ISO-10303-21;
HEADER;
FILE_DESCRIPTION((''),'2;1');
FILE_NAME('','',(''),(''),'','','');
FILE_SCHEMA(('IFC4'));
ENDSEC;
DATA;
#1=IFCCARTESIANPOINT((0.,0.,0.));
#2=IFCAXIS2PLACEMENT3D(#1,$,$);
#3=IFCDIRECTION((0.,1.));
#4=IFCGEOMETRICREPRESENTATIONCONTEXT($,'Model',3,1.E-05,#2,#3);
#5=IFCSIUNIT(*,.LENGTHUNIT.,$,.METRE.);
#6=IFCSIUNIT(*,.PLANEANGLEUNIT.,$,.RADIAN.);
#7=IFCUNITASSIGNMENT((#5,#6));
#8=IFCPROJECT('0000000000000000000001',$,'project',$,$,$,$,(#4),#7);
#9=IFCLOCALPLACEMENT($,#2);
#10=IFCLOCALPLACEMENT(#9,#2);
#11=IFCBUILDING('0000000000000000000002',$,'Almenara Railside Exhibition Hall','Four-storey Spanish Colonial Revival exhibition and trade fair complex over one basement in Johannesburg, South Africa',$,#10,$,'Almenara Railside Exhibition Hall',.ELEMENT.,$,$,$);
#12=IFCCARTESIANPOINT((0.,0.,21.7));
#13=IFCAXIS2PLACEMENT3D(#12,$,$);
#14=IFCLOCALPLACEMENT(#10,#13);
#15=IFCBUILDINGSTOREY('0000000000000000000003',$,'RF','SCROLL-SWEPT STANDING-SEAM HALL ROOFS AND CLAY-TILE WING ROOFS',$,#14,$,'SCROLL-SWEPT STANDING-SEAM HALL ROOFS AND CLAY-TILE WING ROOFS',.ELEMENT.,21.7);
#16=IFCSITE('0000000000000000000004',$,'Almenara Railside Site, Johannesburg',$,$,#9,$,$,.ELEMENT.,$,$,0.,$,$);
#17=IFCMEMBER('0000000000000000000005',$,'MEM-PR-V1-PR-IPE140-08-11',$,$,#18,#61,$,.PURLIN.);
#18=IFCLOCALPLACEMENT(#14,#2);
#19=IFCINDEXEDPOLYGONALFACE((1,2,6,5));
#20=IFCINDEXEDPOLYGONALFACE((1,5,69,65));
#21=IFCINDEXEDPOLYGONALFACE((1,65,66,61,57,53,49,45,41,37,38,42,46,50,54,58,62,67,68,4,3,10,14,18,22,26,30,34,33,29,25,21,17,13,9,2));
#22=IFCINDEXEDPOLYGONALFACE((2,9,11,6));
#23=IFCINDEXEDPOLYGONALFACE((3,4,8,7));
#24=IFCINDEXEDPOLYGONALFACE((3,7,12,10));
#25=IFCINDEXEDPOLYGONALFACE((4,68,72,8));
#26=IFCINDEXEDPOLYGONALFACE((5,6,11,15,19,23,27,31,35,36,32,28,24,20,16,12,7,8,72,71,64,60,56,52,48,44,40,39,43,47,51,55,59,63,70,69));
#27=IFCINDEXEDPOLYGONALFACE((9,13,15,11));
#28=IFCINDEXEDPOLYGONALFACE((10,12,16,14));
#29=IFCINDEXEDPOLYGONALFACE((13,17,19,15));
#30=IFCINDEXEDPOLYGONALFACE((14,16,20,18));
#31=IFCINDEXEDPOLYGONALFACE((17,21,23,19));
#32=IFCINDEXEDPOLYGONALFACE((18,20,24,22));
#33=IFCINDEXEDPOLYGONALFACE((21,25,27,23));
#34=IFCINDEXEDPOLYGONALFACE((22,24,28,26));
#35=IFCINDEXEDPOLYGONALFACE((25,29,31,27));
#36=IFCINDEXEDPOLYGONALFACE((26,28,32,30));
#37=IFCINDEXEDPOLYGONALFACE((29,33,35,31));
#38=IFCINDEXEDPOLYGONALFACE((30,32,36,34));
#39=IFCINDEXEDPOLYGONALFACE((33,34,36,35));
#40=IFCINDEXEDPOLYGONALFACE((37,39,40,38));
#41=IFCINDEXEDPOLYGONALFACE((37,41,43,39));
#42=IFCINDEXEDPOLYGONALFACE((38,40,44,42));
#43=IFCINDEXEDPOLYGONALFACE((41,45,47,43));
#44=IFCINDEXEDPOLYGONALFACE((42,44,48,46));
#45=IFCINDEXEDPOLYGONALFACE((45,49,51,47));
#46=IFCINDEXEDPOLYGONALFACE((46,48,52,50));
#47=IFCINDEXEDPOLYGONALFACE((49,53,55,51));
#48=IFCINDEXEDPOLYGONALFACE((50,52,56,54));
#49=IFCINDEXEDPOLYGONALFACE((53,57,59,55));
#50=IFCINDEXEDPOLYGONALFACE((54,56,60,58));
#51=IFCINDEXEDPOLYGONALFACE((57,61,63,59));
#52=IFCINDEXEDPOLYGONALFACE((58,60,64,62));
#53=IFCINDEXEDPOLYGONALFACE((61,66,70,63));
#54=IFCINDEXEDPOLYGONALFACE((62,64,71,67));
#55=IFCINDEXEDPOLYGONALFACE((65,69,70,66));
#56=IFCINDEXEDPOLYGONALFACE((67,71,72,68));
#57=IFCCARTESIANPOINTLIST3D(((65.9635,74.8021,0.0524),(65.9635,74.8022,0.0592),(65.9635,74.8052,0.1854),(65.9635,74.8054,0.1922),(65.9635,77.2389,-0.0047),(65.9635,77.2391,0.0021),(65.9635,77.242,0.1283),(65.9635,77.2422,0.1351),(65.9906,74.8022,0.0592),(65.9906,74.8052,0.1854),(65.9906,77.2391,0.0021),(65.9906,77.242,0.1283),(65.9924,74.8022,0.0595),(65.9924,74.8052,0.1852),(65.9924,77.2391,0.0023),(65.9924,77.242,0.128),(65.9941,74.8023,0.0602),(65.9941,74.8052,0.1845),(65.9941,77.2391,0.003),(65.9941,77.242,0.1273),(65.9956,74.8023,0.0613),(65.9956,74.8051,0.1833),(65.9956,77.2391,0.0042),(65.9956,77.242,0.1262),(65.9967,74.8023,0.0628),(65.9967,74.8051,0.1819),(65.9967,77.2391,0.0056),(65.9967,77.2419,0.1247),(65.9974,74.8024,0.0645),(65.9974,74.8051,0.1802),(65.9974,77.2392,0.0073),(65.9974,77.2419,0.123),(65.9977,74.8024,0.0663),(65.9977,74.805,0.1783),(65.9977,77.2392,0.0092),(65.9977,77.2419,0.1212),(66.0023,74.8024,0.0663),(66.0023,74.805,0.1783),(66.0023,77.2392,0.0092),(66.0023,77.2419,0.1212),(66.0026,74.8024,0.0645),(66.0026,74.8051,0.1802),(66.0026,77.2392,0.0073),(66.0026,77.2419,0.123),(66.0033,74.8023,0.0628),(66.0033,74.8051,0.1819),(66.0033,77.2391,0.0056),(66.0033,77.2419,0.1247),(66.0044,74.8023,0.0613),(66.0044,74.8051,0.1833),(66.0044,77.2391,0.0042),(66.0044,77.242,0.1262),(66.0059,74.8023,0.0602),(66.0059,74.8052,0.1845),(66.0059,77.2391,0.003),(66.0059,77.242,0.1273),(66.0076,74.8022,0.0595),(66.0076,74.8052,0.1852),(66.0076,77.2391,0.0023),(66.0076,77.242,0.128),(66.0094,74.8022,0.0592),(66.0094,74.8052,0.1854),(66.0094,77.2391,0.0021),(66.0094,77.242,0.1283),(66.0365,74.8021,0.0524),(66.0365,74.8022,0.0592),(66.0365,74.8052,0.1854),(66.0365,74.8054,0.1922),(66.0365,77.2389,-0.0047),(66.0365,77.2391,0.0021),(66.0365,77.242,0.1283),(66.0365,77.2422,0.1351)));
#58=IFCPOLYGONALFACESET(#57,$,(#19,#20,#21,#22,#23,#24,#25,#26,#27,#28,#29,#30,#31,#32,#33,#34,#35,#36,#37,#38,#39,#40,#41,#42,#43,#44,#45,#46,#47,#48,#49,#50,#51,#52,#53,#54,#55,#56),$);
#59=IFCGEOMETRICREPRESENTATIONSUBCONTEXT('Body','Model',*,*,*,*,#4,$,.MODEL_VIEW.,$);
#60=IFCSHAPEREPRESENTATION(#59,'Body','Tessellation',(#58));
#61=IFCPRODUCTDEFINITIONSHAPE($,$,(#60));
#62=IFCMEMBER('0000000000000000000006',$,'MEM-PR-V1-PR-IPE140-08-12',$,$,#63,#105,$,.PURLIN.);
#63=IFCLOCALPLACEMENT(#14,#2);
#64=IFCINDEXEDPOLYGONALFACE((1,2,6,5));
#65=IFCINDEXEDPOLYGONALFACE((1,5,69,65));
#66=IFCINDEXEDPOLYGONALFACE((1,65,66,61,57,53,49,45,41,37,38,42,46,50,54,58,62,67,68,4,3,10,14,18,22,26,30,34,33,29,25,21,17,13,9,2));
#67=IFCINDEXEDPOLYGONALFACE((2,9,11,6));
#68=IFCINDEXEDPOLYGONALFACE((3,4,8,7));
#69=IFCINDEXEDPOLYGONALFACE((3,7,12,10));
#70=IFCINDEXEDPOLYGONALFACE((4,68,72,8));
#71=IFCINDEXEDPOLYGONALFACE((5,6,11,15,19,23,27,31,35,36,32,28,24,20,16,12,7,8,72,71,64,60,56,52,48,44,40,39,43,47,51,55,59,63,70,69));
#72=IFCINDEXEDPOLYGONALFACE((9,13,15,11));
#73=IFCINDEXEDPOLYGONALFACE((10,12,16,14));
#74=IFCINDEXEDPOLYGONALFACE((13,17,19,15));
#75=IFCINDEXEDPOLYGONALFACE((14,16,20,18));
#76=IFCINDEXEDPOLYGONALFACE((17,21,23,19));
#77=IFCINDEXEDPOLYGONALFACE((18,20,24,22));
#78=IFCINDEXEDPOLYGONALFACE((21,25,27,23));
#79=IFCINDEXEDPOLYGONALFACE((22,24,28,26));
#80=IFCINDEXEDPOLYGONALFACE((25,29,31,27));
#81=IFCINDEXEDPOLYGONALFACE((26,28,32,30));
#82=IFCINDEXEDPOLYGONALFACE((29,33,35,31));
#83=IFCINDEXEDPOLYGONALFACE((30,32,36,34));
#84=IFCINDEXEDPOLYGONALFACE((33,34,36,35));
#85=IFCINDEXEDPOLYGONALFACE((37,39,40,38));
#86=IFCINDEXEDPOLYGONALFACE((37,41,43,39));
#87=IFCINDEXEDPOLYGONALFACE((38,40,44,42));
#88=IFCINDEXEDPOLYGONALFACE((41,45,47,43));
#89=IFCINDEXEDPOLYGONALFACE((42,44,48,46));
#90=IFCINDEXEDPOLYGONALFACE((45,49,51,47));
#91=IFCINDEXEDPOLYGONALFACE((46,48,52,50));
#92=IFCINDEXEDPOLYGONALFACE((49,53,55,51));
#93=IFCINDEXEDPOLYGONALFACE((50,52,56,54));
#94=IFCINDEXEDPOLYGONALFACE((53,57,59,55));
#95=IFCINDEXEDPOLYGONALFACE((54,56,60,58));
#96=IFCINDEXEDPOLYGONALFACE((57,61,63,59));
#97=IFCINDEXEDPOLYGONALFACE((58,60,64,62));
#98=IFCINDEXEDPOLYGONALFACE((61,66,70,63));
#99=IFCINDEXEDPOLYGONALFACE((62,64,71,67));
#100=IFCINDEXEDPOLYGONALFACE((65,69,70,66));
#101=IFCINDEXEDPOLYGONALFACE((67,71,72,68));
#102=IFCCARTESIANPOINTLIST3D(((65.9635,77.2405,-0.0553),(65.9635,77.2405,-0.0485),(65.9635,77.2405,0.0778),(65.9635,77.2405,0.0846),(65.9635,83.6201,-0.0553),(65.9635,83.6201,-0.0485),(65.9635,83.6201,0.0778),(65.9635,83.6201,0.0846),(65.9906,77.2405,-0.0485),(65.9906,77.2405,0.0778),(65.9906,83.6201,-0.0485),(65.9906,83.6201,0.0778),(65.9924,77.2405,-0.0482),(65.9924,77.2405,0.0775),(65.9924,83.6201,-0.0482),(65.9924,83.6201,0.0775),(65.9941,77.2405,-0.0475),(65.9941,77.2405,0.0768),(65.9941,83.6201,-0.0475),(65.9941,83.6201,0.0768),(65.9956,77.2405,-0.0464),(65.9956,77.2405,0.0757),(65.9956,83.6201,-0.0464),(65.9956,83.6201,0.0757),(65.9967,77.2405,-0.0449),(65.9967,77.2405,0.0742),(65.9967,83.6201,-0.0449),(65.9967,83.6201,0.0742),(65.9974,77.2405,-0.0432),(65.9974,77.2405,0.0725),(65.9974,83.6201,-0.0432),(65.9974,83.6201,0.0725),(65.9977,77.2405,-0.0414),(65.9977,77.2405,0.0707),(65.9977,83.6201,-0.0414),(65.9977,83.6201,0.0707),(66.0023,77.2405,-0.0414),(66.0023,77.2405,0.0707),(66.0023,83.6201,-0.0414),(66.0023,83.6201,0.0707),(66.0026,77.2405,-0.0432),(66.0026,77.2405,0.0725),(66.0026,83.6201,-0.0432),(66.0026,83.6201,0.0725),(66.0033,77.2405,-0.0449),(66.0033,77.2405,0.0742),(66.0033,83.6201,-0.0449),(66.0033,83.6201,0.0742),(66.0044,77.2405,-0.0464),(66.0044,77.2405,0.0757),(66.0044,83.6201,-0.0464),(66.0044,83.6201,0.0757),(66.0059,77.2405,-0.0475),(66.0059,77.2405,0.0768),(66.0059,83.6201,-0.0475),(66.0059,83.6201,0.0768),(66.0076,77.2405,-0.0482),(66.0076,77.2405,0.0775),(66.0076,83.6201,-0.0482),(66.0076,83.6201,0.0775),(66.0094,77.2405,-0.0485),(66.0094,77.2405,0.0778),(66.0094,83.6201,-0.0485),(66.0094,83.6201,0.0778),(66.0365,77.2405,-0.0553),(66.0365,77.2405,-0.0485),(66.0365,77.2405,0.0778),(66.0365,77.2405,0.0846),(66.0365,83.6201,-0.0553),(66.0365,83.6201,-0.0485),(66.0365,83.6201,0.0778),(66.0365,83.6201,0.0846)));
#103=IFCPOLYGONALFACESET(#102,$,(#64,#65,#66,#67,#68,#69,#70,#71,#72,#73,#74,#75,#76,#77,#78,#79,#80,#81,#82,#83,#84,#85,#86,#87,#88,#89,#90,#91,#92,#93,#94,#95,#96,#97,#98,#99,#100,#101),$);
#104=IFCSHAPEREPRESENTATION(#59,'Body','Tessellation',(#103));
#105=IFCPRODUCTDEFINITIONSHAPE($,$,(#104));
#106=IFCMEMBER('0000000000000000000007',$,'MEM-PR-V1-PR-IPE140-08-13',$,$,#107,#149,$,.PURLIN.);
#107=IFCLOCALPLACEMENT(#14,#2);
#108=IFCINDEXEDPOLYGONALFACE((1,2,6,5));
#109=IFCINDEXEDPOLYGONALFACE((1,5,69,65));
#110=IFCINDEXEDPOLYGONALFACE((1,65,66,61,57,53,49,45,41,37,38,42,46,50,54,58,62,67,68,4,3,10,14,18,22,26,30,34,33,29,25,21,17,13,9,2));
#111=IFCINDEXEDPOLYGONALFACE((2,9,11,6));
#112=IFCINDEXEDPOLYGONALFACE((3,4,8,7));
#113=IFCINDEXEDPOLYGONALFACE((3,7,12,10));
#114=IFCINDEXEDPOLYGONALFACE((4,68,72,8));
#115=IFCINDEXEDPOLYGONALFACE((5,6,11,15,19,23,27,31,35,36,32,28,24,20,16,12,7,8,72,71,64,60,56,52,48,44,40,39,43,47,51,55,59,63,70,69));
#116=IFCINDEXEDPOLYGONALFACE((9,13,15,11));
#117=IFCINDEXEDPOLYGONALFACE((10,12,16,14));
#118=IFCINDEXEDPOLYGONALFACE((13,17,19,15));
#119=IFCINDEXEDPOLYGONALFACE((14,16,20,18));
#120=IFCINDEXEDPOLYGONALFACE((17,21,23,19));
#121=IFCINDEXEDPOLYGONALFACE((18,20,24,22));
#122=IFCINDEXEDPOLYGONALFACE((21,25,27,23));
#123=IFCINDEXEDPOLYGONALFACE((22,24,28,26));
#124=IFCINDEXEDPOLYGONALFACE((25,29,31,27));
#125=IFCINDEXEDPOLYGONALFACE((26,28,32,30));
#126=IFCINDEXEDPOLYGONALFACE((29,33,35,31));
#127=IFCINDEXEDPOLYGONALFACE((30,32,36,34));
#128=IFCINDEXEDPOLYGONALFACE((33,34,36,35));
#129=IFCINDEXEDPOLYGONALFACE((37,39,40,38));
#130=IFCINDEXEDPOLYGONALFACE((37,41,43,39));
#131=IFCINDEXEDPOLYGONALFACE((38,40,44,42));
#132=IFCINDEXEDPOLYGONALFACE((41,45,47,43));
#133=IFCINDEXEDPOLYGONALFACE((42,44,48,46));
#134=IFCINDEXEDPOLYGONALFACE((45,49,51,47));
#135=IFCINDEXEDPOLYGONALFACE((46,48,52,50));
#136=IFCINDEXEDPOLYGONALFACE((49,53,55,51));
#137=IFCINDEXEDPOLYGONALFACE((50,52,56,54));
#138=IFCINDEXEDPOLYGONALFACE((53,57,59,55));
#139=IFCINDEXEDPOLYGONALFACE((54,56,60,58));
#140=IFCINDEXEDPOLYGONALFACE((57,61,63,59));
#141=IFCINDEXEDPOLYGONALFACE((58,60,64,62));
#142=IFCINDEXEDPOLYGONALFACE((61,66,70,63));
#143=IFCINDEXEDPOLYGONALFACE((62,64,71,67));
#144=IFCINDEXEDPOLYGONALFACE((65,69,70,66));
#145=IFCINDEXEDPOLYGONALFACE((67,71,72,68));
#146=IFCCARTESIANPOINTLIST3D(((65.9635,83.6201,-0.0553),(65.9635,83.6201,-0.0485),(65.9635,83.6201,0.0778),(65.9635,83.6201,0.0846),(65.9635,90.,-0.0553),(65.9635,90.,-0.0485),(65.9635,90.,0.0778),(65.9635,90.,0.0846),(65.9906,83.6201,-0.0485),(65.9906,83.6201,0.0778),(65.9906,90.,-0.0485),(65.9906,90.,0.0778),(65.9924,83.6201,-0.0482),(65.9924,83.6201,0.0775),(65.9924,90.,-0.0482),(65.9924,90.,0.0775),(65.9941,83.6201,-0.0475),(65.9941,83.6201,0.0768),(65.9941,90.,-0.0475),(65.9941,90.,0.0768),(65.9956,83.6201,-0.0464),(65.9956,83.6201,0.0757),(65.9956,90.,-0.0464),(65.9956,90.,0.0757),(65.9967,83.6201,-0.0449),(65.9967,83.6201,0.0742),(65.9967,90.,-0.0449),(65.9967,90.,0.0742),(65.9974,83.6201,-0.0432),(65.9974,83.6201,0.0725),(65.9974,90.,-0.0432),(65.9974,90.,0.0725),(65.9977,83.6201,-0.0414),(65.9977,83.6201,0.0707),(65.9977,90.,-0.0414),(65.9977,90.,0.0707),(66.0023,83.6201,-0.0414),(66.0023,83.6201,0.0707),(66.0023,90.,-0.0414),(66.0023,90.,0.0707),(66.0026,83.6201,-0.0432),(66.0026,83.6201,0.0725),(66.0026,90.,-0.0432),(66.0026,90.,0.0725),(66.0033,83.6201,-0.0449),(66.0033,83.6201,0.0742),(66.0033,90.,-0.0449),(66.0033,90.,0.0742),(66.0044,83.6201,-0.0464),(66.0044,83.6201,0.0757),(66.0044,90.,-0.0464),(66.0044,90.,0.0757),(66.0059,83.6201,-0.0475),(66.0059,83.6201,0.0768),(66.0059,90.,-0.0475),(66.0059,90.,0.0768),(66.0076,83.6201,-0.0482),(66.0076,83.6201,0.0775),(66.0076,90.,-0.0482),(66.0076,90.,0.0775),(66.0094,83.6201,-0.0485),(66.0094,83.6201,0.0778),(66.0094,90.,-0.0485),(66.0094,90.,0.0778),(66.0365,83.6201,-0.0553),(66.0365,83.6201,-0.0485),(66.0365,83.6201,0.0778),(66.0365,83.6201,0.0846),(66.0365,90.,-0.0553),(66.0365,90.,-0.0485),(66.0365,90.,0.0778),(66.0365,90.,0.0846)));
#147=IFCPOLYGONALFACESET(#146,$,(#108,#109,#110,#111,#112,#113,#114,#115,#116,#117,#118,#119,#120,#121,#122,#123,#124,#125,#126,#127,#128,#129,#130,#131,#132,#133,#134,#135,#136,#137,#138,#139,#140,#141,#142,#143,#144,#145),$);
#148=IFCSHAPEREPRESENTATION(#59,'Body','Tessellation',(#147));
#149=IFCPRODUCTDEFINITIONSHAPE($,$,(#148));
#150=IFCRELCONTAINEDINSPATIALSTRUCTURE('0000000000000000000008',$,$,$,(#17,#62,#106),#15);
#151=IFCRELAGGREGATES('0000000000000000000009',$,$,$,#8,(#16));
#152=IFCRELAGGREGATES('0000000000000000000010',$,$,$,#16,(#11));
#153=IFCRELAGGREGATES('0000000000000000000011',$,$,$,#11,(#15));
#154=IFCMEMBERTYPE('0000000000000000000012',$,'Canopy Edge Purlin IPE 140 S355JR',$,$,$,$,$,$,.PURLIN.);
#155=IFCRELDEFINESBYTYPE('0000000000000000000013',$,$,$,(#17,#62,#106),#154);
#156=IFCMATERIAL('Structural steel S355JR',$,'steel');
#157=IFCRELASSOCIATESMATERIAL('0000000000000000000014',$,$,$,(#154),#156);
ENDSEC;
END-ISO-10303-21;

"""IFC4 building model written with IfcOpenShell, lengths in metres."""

from ifc_helpers import new_model, si_unit, direction, frame, origin, origin_2d, place, context, subcontext, project, spatial, i_section, extrude, material, material_profile, profile_set, type_object, element, save


model = new_model("IFC4")

# Units and contexts
model_context = context("Model", 3, precision=1e-05, world=origin(), true_north=direction((0.0, 1.0)))
body_context = subcontext(model_context, "Body", "Model", "MODEL_VIEW")
ifc_project = project(units=[si_unit("LENGTHUNIT", "METRE"), si_unit("PLANEANGLEUNIT", "RADIAN")], contexts=[model_context])

# Site, building, storey
site_placement = place(None, origin())
site = spatial("IfcSite", under=ifc_project, at=site_placement, Name="Almenara Railside Site, Johannesburg", CompositionType="ELEMENT", RefElevation=0.0)
building_placement = place(site_placement, origin())
building = spatial("IfcBuilding", under=site, at=building_placement, Name="Almenara Railside Exhibition Hall", Description="Four-storey Spanish Colonial Revival exhibition and trade fair complex over one basement in Johannesburg, South Africa", LongName="Almenara Railside Exhibition Hall", CompositionType="ELEMENT")
storey_placement = place(building_placement, frame((0.0, 0.0, 21.7)))
storey = spatial("IfcBuildingStorey", under=building, at=storey_placement, Name="RF", Description="SCROLL-SWEPT STANDING-SEAM HALL ROOFS AND CLAY-TILE WING ROOFS", LongName="SCROLL-SWEPT STANDING-SEAM HALL ROOFS AND CLAY-TILE WING ROOFS", CompositionType="ELEMENT", Elevation=21.7)

# Members
ifc_material_1 = material(Name="Structural steel S355JR", Category="steel")
ifc_material_profile_1 = material_profile(ifc_material_1, i_section(OverallWidth=0.073, OverallDepth=0.1399, WebThickness=0.0046, FlangeThickness=0.0068, FilletRadius=0.0071, at=origin_2d()), Name="IPE 140")
ifc_profile_set_1 = profile_set([ifc_material_profile_1], Name="Structural steel S355JR")
member_type_1 = type_object("IfcMemberType", Name="Canopy Edge Purlin IPE 140 S355JR", PredefinedType="PURLIN", material=ifc_profile_set_1)
member_1_placement = place(storey_placement, frame((66.0, 74.8037, 0.1223), z_axis=(0.0, 0.999725, -0.023438), x_axis=(-1.0, 0.0, 0.0)))
element("IfcMember", 1, at=member_1_placement, inside=storey, type_object=member_type_1, Name="MEM-PR-V1-PR-IPE140-08-11", PredefinedType="PURLIN", context=body_context, shape_type="SweptSolid", body=[
    extrude(i_section(OverallWidth=0.073, OverallDepth=0.1399, WebThickness=0.0046, FlangeThickness=0.0068, FilletRadius=0.0071, at=origin_2d()), origin(), (0.0, 0.0, 1.0), 2.4375),
])
member_2_placement = place(storey_placement, frame((66.0, 77.2405, 0.0146), z_axis=(0.0, 1.0, 0.0), x_axis=(-1.0, 0.0, 0.0)))
element("IfcMember", 2, at=member_2_placement, inside=storey, type_object=member_type_1, Name="MEM-PR-V1-PR-IPE140-08-12", PredefinedType="PURLIN", context=body_context, shape_type="SweptSolid", body=[
    extrude(i_section(OverallWidth=0.073, OverallDepth=0.1399, WebThickness=0.0046, FlangeThickness=0.0068, FilletRadius=0.0071, at=origin_2d()), origin(), (0.0, 0.0, 1.0), 6.3796),
])
member_3_placement = place(storey_placement, frame((66.0, 83.6201, 0.0146), z_axis=(0.0, 1.0, 0.0), x_axis=(-1.0, 0.0, 0.0)))
element("IfcMember", 3, at=member_3_placement, inside=storey, type_object=member_type_1, Name="MEM-PR-V1-PR-IPE140-08-13", PredefinedType="PURLIN", context=body_context, shape_type="SweptSolid", body=[
    extrude(i_section(OverallWidth=0.073, OverallDepth=0.1399, WebThickness=0.0046, FlangeThickness=0.0068, FilletRadius=0.0071, at=origin_2d()), origin(), (0.0, 0.0, 1.0), 6.3799),
])

save(model, "model.ifc")
